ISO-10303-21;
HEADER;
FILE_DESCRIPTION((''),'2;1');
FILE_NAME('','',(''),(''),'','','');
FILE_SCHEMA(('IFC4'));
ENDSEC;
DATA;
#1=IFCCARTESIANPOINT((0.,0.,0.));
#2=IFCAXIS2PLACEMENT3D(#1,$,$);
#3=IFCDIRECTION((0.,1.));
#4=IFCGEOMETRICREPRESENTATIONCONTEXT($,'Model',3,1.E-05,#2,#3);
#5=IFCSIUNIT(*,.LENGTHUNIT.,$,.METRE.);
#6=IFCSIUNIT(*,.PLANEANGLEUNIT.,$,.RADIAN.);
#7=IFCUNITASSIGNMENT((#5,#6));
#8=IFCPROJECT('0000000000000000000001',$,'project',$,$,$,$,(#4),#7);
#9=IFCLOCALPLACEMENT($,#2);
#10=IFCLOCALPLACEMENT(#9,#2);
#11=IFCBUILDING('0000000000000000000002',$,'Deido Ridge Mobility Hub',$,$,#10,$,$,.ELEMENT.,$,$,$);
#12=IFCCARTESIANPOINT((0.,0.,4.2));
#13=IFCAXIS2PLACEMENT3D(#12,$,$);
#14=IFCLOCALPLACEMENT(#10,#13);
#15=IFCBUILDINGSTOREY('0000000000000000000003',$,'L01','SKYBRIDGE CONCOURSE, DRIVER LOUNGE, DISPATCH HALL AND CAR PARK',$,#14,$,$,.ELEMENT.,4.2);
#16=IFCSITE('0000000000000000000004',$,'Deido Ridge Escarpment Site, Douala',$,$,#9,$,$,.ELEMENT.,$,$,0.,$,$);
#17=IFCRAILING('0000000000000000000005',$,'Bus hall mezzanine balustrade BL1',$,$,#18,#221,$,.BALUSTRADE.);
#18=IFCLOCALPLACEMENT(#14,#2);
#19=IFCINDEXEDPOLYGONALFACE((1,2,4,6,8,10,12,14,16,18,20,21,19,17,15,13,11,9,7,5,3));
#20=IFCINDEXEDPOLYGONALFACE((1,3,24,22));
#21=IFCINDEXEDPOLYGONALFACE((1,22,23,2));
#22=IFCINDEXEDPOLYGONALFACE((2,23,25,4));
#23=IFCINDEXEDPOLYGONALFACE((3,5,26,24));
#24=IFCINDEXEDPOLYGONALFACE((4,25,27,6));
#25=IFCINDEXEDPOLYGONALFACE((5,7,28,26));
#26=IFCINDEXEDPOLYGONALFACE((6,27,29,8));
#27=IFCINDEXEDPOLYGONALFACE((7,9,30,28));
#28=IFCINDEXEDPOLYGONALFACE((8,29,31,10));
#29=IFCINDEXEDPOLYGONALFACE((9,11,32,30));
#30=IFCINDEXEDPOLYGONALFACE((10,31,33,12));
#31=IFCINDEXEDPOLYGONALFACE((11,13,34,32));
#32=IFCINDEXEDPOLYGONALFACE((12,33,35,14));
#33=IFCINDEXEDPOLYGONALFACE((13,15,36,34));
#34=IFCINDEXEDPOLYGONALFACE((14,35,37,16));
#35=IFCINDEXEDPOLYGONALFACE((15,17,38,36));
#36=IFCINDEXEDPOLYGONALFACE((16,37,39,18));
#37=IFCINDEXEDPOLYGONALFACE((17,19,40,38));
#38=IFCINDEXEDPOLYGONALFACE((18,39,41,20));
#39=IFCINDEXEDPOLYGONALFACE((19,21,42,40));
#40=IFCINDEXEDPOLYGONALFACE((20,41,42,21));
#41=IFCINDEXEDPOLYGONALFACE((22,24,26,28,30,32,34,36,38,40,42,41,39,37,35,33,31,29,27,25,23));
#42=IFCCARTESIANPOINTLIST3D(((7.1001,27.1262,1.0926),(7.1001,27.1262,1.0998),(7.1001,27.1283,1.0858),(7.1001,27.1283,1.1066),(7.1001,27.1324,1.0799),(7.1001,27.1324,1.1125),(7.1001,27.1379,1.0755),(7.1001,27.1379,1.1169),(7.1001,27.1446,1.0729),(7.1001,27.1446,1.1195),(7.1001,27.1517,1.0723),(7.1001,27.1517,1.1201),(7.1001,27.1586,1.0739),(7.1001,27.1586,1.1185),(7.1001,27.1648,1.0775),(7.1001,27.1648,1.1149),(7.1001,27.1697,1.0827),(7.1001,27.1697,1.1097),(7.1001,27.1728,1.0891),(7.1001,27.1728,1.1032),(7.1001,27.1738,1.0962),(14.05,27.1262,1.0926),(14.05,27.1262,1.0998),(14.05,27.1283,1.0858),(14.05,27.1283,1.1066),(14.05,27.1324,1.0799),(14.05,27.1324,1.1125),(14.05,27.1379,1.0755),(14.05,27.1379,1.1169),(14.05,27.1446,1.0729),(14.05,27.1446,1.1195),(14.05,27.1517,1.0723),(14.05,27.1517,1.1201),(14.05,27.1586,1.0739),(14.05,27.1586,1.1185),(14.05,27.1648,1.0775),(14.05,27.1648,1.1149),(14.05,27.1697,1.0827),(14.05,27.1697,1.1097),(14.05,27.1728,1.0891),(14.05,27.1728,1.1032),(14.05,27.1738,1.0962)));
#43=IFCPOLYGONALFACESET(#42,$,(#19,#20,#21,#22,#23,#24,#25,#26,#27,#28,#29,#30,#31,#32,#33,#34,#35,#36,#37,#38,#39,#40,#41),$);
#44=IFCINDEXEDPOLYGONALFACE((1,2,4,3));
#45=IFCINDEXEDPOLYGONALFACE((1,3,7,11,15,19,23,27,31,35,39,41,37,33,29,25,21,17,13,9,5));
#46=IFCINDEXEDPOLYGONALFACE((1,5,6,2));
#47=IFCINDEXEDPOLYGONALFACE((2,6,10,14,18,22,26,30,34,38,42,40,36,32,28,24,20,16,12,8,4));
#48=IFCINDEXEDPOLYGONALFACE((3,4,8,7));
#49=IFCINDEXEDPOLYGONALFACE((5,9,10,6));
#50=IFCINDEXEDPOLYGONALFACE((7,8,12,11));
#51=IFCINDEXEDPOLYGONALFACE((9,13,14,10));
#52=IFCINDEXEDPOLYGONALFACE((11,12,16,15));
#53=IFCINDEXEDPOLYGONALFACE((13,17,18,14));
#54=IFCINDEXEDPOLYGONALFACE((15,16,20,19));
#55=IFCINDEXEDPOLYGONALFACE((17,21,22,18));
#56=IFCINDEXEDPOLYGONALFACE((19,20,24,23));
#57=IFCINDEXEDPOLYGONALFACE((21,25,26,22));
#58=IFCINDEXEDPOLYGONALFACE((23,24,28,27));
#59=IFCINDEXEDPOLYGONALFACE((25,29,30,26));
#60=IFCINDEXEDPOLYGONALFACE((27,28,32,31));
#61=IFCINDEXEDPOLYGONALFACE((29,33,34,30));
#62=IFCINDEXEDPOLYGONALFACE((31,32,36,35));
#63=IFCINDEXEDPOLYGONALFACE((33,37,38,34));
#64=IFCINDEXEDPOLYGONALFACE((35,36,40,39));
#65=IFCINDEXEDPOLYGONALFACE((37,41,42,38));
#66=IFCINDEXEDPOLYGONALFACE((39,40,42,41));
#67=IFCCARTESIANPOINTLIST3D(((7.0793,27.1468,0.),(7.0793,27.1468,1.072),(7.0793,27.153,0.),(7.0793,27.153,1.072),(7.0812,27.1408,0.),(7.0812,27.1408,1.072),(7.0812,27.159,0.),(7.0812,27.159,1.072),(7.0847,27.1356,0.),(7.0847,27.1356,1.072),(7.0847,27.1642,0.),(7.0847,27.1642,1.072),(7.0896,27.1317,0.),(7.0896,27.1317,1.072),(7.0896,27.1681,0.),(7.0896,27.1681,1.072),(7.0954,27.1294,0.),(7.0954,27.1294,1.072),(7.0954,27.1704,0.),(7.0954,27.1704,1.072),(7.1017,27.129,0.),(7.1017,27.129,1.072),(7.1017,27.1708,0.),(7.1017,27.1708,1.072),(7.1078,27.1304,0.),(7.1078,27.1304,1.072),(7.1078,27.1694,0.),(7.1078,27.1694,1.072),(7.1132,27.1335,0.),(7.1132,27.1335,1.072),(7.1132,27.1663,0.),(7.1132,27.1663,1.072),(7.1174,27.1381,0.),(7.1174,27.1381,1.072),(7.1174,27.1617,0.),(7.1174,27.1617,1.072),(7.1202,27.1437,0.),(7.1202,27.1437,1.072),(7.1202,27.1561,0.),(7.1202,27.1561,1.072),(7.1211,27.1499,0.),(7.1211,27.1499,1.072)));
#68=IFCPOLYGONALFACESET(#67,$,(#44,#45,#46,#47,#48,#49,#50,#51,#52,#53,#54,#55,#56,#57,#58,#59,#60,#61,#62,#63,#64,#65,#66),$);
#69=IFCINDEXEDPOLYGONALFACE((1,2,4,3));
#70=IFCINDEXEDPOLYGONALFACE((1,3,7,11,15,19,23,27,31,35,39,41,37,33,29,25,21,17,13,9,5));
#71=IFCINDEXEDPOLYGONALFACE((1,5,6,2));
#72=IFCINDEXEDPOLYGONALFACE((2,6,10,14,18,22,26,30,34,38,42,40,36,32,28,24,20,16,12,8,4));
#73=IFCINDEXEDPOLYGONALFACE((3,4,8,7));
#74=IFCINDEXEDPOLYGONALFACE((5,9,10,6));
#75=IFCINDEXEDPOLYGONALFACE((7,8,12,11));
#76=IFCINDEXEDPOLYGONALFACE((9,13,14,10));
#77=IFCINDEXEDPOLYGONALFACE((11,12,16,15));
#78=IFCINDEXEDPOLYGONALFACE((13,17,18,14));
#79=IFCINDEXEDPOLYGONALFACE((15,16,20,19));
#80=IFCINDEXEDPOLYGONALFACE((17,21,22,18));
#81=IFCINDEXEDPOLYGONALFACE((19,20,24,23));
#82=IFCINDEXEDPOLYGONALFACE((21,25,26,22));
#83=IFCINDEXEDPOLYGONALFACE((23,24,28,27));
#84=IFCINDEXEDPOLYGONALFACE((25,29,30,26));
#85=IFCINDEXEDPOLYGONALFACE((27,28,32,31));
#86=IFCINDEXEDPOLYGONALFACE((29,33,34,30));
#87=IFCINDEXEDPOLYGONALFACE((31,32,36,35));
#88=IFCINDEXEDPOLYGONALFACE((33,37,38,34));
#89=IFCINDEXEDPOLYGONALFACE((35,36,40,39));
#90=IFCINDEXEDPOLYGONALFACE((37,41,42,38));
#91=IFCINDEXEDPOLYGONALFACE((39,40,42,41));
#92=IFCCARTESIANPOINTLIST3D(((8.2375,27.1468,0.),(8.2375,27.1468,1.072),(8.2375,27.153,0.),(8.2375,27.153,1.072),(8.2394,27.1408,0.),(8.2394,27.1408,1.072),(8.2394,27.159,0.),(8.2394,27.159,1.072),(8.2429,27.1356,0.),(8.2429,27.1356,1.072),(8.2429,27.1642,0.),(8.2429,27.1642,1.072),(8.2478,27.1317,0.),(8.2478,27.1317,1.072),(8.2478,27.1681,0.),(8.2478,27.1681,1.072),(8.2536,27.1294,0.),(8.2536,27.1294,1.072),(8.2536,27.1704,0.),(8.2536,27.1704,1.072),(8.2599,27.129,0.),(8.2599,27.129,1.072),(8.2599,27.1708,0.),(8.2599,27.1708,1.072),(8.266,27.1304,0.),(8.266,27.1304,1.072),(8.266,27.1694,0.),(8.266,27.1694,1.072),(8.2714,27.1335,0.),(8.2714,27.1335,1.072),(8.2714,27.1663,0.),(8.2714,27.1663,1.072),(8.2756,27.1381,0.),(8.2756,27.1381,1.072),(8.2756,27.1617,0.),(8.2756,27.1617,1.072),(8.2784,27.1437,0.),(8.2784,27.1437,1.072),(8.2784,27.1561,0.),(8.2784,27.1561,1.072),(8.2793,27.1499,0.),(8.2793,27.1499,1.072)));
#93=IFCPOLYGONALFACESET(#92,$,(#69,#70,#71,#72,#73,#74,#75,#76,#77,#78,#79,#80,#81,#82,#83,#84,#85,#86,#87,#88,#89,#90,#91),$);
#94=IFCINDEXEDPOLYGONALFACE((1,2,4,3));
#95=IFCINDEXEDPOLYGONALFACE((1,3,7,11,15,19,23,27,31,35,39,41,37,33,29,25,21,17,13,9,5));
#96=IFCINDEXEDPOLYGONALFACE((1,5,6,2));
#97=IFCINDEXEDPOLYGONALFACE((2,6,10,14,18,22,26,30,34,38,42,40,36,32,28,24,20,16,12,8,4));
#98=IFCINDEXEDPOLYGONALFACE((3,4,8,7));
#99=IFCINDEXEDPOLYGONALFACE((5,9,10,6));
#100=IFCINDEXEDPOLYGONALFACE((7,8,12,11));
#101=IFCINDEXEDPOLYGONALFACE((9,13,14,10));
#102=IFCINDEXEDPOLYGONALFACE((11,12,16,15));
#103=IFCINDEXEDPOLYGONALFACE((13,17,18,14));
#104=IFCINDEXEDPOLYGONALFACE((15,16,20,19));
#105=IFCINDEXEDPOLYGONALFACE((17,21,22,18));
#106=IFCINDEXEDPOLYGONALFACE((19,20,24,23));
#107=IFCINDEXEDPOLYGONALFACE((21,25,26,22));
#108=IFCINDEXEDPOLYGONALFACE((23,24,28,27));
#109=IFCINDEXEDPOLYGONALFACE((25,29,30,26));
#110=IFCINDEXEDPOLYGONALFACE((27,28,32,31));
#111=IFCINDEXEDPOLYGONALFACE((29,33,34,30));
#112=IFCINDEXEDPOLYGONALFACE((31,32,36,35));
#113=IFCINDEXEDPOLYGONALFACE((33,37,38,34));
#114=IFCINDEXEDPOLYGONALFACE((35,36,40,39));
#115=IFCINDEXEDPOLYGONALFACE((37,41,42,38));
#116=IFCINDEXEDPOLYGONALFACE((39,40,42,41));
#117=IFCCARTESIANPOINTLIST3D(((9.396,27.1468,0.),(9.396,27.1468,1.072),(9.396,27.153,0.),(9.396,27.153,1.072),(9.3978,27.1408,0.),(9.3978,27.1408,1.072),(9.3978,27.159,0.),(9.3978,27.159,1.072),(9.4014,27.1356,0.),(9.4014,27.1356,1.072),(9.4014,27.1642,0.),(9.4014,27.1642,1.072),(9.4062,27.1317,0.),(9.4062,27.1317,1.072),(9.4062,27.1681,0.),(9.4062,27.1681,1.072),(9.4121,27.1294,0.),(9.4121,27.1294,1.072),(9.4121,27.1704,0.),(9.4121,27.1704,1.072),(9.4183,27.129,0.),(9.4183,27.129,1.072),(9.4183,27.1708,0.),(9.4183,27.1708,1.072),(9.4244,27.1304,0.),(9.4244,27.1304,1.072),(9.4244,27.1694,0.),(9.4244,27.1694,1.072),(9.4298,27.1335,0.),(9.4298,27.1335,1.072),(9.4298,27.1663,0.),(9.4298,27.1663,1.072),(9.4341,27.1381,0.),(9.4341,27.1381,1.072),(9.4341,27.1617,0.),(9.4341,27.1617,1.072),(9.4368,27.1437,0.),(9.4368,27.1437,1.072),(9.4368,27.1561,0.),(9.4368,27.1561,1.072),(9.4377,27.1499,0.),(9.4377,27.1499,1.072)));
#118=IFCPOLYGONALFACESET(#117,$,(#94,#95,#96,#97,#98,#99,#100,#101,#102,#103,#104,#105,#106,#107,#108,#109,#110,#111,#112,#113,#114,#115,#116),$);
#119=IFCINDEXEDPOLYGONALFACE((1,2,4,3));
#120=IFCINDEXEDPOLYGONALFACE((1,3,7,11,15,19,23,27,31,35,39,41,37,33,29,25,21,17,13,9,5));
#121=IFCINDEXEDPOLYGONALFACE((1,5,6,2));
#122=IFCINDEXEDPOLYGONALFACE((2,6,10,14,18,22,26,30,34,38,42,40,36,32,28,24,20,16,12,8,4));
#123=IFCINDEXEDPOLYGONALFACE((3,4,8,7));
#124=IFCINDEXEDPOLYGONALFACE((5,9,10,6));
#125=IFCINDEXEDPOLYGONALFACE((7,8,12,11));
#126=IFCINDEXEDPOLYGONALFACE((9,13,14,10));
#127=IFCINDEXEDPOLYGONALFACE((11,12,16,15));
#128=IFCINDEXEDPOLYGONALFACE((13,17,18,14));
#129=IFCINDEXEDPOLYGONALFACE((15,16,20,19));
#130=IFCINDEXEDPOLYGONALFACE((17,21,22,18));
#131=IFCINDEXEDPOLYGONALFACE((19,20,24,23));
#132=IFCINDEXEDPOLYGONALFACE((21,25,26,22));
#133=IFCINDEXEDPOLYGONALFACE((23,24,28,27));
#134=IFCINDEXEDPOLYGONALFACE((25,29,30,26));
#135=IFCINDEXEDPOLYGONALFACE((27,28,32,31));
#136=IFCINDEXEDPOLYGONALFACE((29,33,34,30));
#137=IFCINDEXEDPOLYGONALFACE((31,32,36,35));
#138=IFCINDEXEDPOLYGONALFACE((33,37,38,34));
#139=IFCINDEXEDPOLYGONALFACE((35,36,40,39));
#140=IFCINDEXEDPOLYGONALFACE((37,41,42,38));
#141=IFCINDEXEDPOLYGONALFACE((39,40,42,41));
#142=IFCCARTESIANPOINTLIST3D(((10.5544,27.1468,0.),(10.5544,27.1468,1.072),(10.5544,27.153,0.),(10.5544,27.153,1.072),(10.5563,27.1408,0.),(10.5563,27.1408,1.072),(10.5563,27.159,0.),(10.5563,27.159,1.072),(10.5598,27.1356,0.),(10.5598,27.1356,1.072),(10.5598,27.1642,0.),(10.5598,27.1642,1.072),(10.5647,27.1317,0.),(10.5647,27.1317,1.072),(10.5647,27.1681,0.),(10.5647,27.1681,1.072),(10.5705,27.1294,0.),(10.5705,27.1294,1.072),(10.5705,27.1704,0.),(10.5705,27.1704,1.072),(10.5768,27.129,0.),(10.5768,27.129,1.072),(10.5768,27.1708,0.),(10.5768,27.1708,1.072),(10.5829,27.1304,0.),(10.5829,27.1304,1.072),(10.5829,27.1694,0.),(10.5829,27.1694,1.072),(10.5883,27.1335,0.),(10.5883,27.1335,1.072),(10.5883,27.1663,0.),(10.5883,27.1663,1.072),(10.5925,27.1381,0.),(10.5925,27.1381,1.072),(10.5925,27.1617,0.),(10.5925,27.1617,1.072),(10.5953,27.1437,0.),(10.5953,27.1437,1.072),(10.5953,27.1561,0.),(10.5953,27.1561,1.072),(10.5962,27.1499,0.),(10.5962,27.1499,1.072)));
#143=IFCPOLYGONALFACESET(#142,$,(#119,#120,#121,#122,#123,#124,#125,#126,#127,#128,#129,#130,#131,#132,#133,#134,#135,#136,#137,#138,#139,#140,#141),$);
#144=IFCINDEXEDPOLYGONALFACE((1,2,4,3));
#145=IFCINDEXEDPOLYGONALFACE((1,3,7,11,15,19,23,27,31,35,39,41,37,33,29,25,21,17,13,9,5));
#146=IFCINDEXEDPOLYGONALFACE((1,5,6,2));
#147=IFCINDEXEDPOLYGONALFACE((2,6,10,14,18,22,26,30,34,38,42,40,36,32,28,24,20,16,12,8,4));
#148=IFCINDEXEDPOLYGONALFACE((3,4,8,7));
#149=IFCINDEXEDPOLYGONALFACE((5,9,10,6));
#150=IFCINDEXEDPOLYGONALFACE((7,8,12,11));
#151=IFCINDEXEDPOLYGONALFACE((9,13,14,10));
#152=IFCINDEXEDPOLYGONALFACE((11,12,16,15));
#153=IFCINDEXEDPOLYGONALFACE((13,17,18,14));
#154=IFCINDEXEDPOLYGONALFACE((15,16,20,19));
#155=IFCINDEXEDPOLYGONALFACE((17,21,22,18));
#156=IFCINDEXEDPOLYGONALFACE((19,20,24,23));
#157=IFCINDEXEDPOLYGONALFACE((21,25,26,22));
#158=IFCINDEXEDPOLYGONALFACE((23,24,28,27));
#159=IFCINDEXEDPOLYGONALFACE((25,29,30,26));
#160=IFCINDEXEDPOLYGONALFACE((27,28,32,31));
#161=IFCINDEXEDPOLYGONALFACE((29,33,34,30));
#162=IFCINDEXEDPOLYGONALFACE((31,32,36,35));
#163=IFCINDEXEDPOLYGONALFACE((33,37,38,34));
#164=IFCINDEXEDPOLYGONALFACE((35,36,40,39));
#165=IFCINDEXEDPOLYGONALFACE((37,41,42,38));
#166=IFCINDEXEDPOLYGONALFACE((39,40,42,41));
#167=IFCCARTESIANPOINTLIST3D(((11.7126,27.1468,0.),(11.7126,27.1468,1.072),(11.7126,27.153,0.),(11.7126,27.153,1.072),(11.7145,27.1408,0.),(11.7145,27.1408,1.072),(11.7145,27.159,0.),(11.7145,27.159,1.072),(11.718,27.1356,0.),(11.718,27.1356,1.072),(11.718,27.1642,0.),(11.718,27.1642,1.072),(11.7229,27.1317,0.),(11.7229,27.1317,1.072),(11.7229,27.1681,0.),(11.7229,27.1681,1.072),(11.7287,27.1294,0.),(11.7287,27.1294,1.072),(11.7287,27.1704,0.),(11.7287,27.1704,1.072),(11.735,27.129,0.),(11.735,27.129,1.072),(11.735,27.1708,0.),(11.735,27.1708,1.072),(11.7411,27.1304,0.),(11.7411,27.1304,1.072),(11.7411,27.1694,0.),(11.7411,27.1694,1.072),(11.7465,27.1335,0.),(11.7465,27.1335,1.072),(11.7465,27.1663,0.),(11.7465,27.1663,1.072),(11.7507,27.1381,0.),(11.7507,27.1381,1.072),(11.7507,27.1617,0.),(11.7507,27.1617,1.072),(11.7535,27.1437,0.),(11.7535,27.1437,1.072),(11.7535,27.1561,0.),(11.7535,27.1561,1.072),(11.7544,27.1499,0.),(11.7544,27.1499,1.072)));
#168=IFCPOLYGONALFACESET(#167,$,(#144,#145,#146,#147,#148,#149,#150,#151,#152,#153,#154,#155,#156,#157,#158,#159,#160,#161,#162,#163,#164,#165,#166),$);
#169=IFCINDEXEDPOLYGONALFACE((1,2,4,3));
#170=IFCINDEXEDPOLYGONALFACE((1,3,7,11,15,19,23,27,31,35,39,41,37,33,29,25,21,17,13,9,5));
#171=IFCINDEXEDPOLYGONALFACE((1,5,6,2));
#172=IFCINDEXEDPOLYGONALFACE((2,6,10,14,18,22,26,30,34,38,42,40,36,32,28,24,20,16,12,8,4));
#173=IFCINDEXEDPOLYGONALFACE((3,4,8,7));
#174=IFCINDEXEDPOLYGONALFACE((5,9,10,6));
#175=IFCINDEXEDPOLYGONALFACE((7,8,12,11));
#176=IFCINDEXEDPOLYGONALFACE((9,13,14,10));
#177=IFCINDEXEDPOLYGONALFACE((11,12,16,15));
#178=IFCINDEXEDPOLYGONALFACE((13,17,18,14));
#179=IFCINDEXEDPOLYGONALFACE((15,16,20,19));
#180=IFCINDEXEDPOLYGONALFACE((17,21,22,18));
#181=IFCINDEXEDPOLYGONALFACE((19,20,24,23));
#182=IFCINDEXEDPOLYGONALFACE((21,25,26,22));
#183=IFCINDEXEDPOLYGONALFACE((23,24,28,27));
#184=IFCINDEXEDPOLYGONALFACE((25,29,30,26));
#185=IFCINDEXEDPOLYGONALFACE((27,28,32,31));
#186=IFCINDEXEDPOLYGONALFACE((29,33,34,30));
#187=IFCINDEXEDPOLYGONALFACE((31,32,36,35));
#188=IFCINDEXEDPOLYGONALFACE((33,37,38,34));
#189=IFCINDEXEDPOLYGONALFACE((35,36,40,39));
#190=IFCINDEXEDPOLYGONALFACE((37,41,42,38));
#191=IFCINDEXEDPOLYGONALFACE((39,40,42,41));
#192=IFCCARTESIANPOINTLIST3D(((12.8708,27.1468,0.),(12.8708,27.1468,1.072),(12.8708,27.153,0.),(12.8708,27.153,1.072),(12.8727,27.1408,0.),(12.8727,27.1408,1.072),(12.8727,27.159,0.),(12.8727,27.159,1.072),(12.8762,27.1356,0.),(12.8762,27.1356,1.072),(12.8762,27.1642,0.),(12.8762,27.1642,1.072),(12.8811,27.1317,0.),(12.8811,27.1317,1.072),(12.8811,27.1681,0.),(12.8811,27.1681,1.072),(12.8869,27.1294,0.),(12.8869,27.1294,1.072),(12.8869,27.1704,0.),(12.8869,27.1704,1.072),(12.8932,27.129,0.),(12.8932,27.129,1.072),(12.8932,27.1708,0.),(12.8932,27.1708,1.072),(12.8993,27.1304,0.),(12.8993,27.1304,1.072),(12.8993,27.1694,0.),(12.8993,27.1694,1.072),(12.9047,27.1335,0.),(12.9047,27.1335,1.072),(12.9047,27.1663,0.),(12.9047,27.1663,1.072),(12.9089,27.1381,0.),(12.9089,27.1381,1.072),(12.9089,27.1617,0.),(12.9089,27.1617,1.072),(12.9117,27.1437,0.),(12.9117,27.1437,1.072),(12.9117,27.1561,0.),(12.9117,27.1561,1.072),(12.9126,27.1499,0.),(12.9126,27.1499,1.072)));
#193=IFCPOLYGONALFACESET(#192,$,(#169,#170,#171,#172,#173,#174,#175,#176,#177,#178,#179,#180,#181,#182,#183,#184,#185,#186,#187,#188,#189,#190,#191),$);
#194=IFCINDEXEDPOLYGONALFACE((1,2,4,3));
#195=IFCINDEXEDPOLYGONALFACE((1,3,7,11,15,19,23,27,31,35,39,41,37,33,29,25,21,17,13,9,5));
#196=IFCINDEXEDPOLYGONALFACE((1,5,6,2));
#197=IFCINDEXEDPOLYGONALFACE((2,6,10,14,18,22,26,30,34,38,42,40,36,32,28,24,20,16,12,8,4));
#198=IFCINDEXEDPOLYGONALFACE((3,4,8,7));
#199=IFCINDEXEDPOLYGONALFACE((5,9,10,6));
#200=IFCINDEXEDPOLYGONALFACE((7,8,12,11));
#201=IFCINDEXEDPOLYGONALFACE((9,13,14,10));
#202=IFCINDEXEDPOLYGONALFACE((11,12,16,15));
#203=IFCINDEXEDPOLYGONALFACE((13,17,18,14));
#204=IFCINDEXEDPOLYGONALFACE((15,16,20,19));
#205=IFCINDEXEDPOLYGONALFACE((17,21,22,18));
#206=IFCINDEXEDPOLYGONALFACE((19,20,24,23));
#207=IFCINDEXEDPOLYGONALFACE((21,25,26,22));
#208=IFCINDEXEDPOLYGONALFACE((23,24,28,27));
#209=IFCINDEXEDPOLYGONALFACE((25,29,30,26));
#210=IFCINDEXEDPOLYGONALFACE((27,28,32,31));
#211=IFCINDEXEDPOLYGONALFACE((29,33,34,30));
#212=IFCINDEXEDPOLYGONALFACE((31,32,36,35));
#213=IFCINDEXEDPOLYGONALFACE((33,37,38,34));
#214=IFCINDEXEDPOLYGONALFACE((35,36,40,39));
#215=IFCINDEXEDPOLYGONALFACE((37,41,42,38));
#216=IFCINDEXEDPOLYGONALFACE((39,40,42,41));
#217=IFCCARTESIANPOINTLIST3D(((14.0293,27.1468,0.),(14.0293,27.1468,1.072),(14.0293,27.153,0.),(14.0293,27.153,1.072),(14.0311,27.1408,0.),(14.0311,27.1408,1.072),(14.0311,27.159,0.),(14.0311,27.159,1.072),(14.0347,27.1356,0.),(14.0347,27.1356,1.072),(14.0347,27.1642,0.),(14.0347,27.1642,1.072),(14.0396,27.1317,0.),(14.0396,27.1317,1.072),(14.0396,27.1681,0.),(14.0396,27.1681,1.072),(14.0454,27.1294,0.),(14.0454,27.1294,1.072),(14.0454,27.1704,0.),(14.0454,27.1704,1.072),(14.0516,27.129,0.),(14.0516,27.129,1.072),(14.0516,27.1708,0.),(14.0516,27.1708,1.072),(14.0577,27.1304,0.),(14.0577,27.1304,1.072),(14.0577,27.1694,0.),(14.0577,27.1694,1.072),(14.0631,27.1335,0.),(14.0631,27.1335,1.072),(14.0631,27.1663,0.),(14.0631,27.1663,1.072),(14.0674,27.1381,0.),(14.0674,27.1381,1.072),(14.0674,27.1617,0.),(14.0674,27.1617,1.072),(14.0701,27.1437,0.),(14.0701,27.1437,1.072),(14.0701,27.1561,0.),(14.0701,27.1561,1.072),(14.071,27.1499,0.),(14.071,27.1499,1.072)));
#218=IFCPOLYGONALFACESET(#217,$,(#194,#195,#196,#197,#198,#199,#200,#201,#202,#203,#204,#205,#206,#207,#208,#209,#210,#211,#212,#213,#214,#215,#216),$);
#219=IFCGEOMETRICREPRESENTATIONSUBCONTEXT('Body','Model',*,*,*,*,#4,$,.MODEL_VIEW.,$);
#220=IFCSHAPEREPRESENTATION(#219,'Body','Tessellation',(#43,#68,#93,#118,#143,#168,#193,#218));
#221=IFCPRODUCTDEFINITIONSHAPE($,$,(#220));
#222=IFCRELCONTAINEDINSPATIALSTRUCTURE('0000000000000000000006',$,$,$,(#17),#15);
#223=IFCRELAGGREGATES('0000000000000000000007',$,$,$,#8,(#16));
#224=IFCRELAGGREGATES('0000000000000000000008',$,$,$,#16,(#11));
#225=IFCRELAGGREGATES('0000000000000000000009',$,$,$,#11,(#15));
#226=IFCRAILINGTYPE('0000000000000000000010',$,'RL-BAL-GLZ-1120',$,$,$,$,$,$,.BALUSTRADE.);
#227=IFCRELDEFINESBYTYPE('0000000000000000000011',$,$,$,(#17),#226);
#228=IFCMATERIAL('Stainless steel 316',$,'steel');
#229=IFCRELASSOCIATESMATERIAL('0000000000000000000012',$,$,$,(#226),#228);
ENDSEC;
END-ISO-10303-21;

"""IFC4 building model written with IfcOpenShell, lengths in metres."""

from ifc_helpers import new_model, si_unit, direction, frame, origin, origin_2d, place, context, subcontext, project, spatial, circle, extrude, material, type_object, element, save


model = new_model("IFC4")

# Units and contexts
model_context = context("Model", 3, precision=1e-05, world=origin(), true_north=direction((0.0, 1.0)))
body_context = subcontext(model_context, "Body", "Model", "MODEL_VIEW")
ifc_project = project(units=[si_unit("LENGTHUNIT", "METRE"), si_unit("PLANEANGLEUNIT", "RADIAN")], contexts=[model_context])

# Site, building, storey
site_placement = place(None, origin())
site = spatial("IfcSite", under=ifc_project, at=site_placement, Name="Deido Ridge Escarpment Site, Douala", CompositionType="ELEMENT", RefElevation=0.0)
building_placement = place(site_placement, origin())
building = spatial("IfcBuilding", under=site, at=building_placement, Name="Deido Ridge Mobility Hub", CompositionType="ELEMENT")
storey_placement = place(building_placement, frame((0.0, 0.0, 4.2)))
storey = spatial("IfcBuildingStorey", under=building, at=storey_placement, Name="L01", Description="SKYBRIDGE CONCOURSE, DRIVER LOUNGE, DISPATCH HALL AND CAR PARK", CompositionType="ELEMENT", Elevation=4.2)

# Railing
ifc_material_1 = material(Name="Stainless steel 316", Category="steel")
railing_type = type_object("IfcRailingType", Name="RL-BAL-GLZ-1120", PredefinedType="BALUSTRADE", material=ifc_material_1)
railing_1_placement = place(storey_placement, frame((7.1001, 27.1499, 0.0)))
element("IfcRailing", 1, at=railing_1_placement, inside=storey, type_object=railing_type, Name="Bus hall mezzanine balustrade BL1", PredefinedType="BALUSTRADE", context=body_context, shape_type="SweptSolid", body=[
    extrude(circle(Radius=0.0239, at=origin_2d()), frame((0.0, 0.0, 1.0962), z_axis=(1.0, 0.0, 0.0), x_axis=(0.0, 1.0, 0.0)), (0.0, 0.0, 1.0), 6.95),
    extrude(circle(Radius=0.021, at=origin_2d()), origin(), (0.0, 0.0, 1.0), 1.072),
    extrude(circle(Radius=0.021, at=origin_2d()), frame((1.1582, 0.0, 0.0)), (0.0, 0.0, 1.0), 1.072),
    extrude(circle(Radius=0.021, at=origin_2d()), frame((2.3167, 0.0, 0.0)), (0.0, 0.0, 1.0), 1.072),
    extrude(circle(Radius=0.021, at=origin_2d()), frame((3.4751, 0.0, 0.0)), (0.0, 0.0, 1.0), 1.072),
    extrude(circle(Radius=0.021, at=origin_2d()), frame((4.6333, 0.0, 0.0)), (0.0, 0.0, 1.0), 1.072),
    extrude(circle(Radius=0.021, at=origin_2d()), frame((5.7915, 0.0, 0.0)), (0.0, 0.0, 1.0), 1.072),
    extrude(circle(Radius=0.021, at=origin_2d()), frame((6.95, 0.0, 0.0)), (0.0, 0.0, 1.0), 1.072),
])

save(model, "model.ifc")
